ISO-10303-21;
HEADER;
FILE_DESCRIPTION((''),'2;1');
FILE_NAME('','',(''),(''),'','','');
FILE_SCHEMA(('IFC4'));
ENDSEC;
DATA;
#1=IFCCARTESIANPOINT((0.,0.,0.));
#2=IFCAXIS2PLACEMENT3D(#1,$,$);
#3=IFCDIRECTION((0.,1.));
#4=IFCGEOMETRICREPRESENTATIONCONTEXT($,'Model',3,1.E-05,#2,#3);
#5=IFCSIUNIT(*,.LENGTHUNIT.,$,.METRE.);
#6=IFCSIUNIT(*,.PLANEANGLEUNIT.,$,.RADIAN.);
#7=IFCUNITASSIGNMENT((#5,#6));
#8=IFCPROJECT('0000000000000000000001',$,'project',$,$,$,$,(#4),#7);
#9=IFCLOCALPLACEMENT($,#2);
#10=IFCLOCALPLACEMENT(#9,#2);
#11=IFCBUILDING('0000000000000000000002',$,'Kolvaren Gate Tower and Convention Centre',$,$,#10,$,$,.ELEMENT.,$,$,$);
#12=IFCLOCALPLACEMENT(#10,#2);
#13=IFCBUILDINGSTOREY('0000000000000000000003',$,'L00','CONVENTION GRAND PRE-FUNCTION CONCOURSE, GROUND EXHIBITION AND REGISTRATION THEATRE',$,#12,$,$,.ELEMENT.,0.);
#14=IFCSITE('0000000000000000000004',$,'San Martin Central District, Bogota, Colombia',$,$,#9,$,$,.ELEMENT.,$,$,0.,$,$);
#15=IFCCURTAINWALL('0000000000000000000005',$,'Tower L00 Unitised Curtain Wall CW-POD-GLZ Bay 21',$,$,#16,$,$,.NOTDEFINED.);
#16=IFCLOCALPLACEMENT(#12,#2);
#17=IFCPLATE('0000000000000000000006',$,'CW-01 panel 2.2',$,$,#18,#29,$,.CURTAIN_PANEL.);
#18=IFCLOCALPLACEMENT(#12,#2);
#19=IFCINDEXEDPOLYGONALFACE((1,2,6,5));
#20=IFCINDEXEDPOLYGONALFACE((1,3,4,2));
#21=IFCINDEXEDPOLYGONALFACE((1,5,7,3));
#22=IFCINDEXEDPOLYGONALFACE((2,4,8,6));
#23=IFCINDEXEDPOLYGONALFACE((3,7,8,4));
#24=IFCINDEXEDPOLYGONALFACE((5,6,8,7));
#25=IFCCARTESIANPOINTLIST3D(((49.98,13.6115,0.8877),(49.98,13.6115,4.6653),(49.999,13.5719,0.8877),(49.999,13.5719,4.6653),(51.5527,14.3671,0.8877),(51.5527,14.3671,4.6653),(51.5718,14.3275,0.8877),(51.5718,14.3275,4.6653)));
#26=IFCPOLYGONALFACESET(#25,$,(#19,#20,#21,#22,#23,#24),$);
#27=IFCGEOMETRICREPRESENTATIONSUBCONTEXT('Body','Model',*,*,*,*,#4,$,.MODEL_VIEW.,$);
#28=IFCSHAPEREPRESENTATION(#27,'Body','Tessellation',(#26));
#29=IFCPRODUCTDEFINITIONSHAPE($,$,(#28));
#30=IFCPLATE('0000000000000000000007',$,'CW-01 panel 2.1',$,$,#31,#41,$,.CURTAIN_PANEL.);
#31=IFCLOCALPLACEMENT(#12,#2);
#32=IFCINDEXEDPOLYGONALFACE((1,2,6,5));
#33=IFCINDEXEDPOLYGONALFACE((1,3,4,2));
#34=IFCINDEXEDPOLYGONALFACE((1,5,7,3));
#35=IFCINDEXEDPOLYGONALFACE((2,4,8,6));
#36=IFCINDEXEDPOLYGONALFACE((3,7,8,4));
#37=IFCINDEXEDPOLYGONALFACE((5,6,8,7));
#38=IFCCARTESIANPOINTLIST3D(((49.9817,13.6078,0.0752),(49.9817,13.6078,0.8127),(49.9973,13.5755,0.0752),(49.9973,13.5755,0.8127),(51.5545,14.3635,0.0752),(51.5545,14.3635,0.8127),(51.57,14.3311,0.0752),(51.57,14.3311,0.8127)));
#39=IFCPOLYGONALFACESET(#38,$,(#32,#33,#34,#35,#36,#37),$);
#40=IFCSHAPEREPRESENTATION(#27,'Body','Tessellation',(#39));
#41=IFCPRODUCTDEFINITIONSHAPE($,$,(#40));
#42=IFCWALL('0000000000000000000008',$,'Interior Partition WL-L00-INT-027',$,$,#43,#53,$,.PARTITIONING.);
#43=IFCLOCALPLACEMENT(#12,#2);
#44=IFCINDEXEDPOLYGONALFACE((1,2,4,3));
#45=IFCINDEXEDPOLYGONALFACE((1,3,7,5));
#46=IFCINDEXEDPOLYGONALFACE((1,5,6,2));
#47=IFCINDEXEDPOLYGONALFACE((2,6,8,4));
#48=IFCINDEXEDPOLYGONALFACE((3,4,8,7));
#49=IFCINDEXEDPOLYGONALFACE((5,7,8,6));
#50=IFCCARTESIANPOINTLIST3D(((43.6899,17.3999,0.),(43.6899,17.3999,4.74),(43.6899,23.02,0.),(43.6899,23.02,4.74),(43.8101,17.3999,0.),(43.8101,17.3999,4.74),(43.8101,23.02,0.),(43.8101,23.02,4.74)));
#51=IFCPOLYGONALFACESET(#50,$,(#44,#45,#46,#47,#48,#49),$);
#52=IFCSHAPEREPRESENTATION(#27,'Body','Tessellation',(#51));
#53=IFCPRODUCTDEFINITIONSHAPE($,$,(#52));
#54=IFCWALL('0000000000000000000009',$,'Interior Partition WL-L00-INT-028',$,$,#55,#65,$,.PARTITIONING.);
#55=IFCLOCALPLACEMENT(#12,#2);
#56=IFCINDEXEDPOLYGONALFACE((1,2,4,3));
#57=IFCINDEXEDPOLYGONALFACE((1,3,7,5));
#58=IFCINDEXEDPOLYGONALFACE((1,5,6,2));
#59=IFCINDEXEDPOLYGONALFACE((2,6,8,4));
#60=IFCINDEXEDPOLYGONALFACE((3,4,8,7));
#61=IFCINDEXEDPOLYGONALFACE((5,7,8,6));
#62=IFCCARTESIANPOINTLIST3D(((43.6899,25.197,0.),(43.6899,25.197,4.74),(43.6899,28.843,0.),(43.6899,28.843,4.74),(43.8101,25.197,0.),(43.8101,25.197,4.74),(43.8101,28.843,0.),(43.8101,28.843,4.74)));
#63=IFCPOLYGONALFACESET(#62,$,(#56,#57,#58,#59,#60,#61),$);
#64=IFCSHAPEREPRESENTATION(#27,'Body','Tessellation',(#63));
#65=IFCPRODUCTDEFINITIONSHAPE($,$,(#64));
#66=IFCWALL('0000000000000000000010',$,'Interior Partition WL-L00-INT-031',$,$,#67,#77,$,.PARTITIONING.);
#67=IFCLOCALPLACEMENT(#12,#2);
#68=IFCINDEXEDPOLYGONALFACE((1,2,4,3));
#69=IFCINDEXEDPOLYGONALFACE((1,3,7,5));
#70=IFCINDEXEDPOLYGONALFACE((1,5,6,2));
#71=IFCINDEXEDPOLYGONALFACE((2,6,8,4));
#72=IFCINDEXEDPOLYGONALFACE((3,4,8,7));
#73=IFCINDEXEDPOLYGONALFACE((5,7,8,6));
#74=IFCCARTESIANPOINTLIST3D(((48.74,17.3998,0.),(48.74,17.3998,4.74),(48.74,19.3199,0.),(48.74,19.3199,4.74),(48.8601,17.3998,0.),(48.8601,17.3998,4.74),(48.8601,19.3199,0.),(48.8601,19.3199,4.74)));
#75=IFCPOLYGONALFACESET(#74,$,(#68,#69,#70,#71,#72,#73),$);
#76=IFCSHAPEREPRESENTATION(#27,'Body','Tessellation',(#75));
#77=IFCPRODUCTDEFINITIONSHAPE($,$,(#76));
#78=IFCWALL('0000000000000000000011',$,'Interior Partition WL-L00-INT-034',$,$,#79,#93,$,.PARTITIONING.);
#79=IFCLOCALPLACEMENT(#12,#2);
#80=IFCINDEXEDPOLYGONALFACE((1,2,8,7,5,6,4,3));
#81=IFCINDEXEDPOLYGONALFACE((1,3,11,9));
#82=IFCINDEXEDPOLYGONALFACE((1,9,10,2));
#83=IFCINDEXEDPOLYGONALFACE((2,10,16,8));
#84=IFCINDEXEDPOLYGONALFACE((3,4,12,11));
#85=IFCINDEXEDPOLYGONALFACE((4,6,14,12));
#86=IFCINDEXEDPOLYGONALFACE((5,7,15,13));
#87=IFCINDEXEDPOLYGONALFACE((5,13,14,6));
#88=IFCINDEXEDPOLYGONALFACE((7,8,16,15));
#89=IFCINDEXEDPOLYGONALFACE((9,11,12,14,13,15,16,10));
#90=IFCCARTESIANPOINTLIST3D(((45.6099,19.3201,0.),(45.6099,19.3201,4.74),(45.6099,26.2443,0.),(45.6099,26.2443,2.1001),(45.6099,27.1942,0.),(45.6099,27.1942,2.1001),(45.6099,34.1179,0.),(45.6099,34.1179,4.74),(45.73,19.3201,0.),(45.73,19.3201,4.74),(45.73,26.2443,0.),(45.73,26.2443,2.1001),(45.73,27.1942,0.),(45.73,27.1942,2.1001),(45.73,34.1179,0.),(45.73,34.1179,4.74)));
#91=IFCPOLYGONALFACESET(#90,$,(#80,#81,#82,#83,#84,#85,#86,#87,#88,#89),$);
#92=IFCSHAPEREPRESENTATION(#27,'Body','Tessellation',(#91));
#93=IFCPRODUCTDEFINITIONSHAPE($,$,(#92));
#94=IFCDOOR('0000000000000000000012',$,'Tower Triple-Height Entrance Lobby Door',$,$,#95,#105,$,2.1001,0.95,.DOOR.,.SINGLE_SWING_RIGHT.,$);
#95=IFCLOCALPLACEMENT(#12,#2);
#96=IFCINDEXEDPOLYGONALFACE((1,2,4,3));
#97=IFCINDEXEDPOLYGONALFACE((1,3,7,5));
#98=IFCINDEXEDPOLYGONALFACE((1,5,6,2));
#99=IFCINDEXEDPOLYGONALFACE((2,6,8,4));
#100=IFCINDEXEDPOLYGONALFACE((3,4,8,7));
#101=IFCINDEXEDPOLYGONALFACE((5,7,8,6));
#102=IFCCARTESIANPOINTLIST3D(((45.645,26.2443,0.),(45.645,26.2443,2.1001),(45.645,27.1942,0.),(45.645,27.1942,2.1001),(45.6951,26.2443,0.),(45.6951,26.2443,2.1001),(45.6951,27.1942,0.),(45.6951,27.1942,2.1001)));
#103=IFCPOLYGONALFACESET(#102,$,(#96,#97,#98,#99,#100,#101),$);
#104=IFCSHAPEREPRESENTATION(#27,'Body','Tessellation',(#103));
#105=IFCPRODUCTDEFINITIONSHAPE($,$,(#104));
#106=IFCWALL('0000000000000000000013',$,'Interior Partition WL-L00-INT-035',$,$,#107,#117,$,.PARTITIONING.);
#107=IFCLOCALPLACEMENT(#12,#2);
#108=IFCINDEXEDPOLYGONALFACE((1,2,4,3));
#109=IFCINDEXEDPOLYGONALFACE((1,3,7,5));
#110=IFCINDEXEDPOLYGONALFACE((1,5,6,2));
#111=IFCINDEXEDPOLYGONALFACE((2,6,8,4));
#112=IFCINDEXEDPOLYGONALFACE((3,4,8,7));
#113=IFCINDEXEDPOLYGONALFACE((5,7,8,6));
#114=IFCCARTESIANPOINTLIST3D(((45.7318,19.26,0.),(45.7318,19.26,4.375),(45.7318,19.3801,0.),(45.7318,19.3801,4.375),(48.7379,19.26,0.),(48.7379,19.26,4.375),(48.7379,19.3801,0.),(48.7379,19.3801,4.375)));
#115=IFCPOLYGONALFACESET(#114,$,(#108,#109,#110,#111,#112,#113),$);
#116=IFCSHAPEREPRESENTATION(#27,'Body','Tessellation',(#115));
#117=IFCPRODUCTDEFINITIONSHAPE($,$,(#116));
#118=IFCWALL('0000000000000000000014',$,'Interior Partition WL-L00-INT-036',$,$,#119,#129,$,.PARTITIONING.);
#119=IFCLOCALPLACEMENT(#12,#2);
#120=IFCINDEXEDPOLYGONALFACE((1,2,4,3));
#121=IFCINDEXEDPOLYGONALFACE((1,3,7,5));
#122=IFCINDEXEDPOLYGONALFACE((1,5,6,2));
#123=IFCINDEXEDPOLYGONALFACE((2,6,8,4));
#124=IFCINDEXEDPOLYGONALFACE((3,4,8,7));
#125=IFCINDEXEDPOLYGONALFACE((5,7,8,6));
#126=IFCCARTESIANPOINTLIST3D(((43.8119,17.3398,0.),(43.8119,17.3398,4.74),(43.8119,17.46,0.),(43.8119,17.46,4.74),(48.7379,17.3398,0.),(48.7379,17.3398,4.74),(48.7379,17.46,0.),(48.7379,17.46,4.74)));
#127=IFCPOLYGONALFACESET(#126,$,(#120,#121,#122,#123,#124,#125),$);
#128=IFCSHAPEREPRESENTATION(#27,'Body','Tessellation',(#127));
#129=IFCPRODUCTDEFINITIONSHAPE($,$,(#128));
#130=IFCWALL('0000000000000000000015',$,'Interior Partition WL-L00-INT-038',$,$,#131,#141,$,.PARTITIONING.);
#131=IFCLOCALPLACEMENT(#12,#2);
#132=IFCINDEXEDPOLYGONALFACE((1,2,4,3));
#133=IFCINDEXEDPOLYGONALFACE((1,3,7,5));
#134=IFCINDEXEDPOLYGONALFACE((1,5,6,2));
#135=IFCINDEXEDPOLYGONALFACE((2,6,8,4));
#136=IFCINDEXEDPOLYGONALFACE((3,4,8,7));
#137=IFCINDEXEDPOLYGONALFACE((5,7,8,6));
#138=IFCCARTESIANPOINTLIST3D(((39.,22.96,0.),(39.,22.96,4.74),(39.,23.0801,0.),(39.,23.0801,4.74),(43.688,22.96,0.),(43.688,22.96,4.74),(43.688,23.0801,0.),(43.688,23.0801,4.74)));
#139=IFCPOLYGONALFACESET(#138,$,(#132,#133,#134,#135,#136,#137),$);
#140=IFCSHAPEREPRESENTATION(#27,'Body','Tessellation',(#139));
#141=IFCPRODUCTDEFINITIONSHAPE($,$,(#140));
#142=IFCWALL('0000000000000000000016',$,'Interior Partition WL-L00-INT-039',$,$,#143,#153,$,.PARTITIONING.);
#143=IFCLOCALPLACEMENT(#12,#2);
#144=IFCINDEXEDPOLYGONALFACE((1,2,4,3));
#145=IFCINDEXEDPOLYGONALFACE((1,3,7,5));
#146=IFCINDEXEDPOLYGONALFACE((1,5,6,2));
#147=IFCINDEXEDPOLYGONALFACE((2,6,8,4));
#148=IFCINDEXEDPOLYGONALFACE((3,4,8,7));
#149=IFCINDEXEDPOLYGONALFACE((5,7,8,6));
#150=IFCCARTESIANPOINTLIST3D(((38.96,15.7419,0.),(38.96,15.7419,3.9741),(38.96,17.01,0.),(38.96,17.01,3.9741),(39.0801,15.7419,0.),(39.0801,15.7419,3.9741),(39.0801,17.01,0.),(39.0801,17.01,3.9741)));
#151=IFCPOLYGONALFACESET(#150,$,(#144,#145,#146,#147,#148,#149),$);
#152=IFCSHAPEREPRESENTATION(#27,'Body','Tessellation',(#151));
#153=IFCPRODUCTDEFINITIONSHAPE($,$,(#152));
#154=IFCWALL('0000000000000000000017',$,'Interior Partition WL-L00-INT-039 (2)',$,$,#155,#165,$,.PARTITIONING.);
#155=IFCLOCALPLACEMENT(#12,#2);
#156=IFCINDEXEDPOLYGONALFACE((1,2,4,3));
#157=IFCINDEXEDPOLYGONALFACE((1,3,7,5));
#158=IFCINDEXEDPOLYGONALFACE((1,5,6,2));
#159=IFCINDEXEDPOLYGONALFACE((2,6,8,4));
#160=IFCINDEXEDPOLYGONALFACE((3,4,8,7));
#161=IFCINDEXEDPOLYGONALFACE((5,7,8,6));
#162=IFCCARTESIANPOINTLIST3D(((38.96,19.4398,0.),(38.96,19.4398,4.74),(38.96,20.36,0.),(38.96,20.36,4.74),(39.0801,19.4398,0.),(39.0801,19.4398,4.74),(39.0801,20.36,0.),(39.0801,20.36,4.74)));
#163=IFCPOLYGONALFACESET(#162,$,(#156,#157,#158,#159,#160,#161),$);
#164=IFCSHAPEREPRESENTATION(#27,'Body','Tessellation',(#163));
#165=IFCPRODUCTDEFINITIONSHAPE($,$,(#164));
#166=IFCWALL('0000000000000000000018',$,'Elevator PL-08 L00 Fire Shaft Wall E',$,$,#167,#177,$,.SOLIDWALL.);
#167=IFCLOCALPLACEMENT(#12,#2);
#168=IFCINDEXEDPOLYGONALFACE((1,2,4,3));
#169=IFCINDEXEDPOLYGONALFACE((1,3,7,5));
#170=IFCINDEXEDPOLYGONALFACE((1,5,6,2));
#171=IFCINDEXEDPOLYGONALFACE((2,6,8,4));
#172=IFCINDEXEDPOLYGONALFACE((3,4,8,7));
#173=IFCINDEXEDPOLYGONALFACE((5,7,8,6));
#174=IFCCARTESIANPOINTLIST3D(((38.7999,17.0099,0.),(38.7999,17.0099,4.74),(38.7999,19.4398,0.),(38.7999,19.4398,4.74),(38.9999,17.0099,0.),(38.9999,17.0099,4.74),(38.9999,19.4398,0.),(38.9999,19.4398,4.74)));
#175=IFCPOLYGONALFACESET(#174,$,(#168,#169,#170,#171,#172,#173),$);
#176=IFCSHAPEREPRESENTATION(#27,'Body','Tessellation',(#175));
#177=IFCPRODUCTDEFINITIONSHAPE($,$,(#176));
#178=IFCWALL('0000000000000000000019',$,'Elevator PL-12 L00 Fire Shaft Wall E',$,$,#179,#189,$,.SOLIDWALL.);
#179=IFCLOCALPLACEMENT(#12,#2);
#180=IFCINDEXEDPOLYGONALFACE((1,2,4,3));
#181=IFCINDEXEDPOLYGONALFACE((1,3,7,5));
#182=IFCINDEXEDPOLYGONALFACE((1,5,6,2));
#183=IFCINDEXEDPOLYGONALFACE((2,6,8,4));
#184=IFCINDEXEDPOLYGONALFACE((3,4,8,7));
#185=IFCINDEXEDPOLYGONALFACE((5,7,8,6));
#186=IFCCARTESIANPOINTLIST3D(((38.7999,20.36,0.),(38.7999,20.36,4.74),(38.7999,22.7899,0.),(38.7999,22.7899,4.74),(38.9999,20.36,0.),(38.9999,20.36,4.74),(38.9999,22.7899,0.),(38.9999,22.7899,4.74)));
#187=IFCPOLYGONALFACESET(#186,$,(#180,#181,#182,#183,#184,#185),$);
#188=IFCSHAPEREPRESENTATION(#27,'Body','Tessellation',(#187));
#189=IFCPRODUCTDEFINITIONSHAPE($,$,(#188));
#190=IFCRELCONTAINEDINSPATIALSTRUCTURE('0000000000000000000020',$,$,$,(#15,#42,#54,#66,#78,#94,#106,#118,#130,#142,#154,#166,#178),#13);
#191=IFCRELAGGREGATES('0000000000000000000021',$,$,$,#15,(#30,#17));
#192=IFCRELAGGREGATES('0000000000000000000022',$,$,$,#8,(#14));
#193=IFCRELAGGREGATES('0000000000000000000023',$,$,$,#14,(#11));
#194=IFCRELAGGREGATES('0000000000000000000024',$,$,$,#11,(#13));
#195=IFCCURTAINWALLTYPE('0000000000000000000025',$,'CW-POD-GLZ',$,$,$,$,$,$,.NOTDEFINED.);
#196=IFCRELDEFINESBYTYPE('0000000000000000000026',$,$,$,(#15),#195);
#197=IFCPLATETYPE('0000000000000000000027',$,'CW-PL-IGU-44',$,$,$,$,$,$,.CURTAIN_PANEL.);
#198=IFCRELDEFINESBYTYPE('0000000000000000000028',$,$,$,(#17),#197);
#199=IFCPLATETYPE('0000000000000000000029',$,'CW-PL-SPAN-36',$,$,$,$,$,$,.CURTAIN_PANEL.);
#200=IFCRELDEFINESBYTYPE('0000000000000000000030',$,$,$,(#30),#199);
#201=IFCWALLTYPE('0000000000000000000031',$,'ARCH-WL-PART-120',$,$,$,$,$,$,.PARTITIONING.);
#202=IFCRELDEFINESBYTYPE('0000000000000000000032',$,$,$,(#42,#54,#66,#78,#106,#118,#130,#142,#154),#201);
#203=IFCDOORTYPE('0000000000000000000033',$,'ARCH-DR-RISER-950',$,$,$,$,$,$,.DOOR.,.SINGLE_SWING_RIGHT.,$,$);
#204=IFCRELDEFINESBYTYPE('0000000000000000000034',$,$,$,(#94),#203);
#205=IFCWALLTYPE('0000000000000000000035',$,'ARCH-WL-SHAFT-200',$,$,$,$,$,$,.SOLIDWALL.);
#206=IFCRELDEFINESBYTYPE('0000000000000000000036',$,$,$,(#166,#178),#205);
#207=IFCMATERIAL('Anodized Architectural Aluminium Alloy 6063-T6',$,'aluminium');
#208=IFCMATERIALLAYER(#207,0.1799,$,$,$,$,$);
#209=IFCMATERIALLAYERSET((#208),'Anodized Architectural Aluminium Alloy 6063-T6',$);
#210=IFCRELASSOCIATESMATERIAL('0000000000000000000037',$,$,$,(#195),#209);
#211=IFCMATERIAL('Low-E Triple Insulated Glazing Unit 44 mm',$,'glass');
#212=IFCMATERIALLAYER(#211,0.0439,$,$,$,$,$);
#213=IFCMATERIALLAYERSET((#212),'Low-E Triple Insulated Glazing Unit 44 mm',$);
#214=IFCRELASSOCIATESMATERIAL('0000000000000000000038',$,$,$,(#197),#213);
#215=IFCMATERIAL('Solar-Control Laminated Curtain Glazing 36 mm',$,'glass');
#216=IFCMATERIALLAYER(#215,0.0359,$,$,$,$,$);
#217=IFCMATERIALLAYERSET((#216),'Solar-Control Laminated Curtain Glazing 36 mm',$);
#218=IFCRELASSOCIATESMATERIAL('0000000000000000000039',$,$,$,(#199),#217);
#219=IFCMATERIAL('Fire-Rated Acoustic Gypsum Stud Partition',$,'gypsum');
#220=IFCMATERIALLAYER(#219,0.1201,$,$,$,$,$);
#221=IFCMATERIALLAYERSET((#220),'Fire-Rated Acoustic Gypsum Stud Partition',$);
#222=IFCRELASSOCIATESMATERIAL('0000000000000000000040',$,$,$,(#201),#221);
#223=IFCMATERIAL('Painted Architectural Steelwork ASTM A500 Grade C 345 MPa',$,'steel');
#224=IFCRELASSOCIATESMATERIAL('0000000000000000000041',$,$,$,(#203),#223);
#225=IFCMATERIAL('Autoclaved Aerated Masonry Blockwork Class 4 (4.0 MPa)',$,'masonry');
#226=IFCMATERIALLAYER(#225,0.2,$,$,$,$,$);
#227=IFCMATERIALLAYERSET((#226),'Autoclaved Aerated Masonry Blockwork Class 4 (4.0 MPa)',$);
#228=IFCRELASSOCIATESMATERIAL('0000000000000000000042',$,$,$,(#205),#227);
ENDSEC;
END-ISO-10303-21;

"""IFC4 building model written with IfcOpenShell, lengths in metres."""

from ifc_helpers import new_model, si_unit, direction, frame, frame_2d, origin, origin_2d, place, context, subcontext, project, spatial, rectangle, extrude, material, layer, layer_set, type_object, element, fill, aggregate, save


model = new_model("IFC4")

# Units and contexts
model_context = context("Model", 3, precision=1e-05, world=origin(), true_north=direction((0.0, 1.0)))
body_context = subcontext(model_context, "Body", "Model", "MODEL_VIEW")
ifc_project = project(units=[si_unit("LENGTHUNIT", "METRE"), si_unit("PLANEANGLEUNIT", "RADIAN")], contexts=[model_context])

# Site, building, storey
site_placement = place(None, origin())
site = spatial("IfcSite", under=ifc_project, at=site_placement, Name="San Martin Central District, Bogota, Colombia", CompositionType="ELEMENT", RefElevation=0.0)
building_placement = place(site_placement, origin())
building = spatial("IfcBuilding", under=site, at=building_placement, Name="Kolvaren Gate Tower and Convention Centre", CompositionType="ELEMENT")
storey_placement = place(building_placement, origin())
storey = spatial("IfcBuildingStorey", under=building, at=storey_placement, Name="L00", Description="CONVENTION GRAND PRE-FUNCTION CONCOURSE, GROUND EXHIBITION AND REGISTRATION THEATRE", CompositionType="ELEMENT", Elevation=0.0)

# Curtain wall
ifc_material_1 = material(Name="Anodized Architectural Aluminium Alloy 6063-T6", Category="aluminium")
ifc_layer_1 = layer(ifc_material_1, 0.1799)
ifc_layer_set_1 = layer_set([ifc_layer_1], Name="Anodized Architectural Aluminium Alloy 6063-T6")
curtain_wall_type = type_object("IfcCurtainWallType", Name="CW-POD-GLZ", PredefinedType="NOTDEFINED", material=ifc_layer_set_1)
curtain_wall_placement = place(storey_placement, origin())
curtain_wall = element("IfcCurtainWall", 1, at=curtain_wall_placement, inside=storey, type_object=curtain_wall_type, Name="Tower L00 Unitised Curtain Wall CW-POD-GLZ Bay 21", PredefinedType="NOTDEFINED")

# Plates
ifc_material_2 = material(Name="Low-E Triple Insulated Glazing Unit 44 mm", Category="glass")
ifc_layer_2 = layer(ifc_material_2, 0.0439)
ifc_layer_set_2 = layer_set([ifc_layer_2], Name="Low-E Triple Insulated Glazing Unit 44 mm")
plate_type_1 = type_object("IfcPlateType", Name="CW-PL-IGU-44", PredefinedType="CURTAIN_PANEL", material=ifc_layer_set_2)
plate_1_placement = place(storey_placement, frame((50.7759, 13.9695, 0.8877), z_axis=(0.0, 0.0, 1.0), x_axis=(0.901364, 0.433063, 0.0)))
plate_1 = element("IfcPlate", 2, at=plate_1_placement, type_object=plate_type_1, Name="CW-01 panel 2.2", PredefinedType="CURTAIN_PANEL", context=body_context, shape_type="SweptSolid", body=[
    extrude(rectangle(XDim=1.7449, YDim=0.0439, at=origin_2d()), origin(), (0.0, 0.0, 1.0), 3.7776),
])
ifc_material_3 = material(Name="Solar-Control Laminated Curtain Glazing 36 mm", Category="glass")
ifc_layer_3 = layer(ifc_material_3, 0.0359)
ifc_layer_set_3 = layer_set([ifc_layer_3], Name="Solar-Control Laminated Curtain Glazing 36 mm")
plate_type_2 = type_object("IfcPlateType", Name="CW-PL-SPAN-36", PredefinedType="CURTAIN_PANEL", material=ifc_layer_set_3)
plate_2_placement = place(storey_placement, frame((50.7759, 13.9695, 0.0752), z_axis=(0.0, 0.0, 1.0), x_axis=(0.901364, 0.433063, 0.0)))
plate_2 = element("IfcPlate", 3, at=plate_2_placement, type_object=plate_type_2, Name="CW-01 panel 2.1", PredefinedType="CURTAIN_PANEL", context=body_context, shape_type="SweptSolid", body=[
    extrude(rectangle(XDim=1.7449, YDim=0.0359, at=origin_2d()), origin(), (0.0, 0.0, 1.0), 0.7375),
])
aggregate(curtain_wall, [plate_2, plate_1])

# Walls
ifc_material_4 = material(Name="Fire-Rated Acoustic Gypsum Stud Partition", Category="gypsum")
ifc_layer_4 = layer(ifc_material_4, 0.1201)
ifc_layer_set_4 = layer_set([ifc_layer_4], Name="Fire-Rated Acoustic Gypsum Stud Partition")
wall_type_1 = type_object("IfcWallType", Name="ARCH-WL-PART-120", PredefinedType="PARTITIONING", material=ifc_layer_set_4)
wall_1_placement = place(storey_placement, frame((43.75, 17.3999, 0.0), z_axis=(0.0, 0.0, 1.0), x_axis=(0.0, 1.0, 0.0)))
element("IfcWall", 4, at=wall_1_placement, inside=storey, type_object=wall_type_1, Name="Interior Partition WL-L00-INT-027", PredefinedType="PARTITIONING", context=body_context, shape_type="SweptSolid", body=[
    extrude(rectangle(XDim=5.6201, YDim=0.1201, at=frame_2d((2.8101, 0.0))), origin(), (0.0, 0.0, 1.0), 4.74),
])
wall_2_placement = place(storey_placement, frame((43.75, 25.197, 0.0), z_axis=(0.0, 0.0, 1.0), x_axis=(0.0, 1.0, 0.0)))
element("IfcWall", 5, at=wall_2_placement, inside=storey, type_object=wall_type_1, Name="Interior Partition WL-L00-INT-028", PredefinedType="PARTITIONING", context=body_context, shape_type="SweptSolid", body=[
    extrude(rectangle(XDim=3.646, YDim=0.1201, at=frame_2d((1.823, 0.0))), origin(), (0.0, 0.0, 1.0), 4.74),
])
wall_3_placement = place(storey_placement, frame((48.8, 17.3999, 0.0), z_axis=(0.0, 0.0, 1.0), x_axis=(0.0, 1.0, 0.0)))
element("IfcWall", 6, at=wall_3_placement, inside=storey, type_object=wall_type_1, Name="Interior Partition WL-L00-INT-031", PredefinedType="PARTITIONING", context=body_context, shape_type="SweptSolid", body=[
    extrude(rectangle(XDim=1.9202, YDim=0.1201, at=frame_2d((0.96, 0.0))), origin(), (0.0, 0.0, 1.0), 4.74),
])

# Wall, opening, door
wall_4_placement = place(storey_placement, frame((45.6699, 19.3201, 0.0), z_axis=(0.0, 0.0, 1.0), x_axis=(0.0, 1.0, 0.0)))
wall_4 = element("IfcWall", 7, at=wall_4_placement, inside=storey, type_object=wall_type_1, Name="Interior Partition WL-L00-INT-034", PredefinedType="PARTITIONING", context=body_context, shape_type="SweptSolid", body=[
    extrude(rectangle(XDim=14.7979, YDim=0.1201, at=frame_2d((7.3989, 0.0))), origin(), (0.0, 0.0, 1.0), 4.74),
])
opening_placement = place(wall_4_placement, frame((6.9241, 0.0, 0.0)))
opening = element("IfcOpeningElement", 8, at=opening_placement, cuts=wall_4, PredefinedType="OPENING", context=body_context, shape_type="SweptSolid", body=[
    extrude(rectangle(XDim=0.95, YDim=2.1001, at=frame_2d((0.4751, 1.05))), frame((0.0, 0.0701, 0.0), z_axis=(0.0, -1.0, 0.0), x_axis=(1.0, 0.0, 0.0)), (0.0, 0.0, 1.0), 0.1401),
])
ifc_material_5 = material(Name="Painted Architectural Steelwork ASTM A500 Grade C 345 MPa", Category="steel")
door_type = type_object("IfcDoorType", Name="ARCH-DR-RISER-950", OperationType="SINGLE_SWING_RIGHT", PredefinedType="DOOR", material=ifc_material_5)
door_placement = place(opening_placement, origin())
door = element("IfcDoor", 9, at=door_placement, inside=storey, type_object=door_type, Name="Tower Triple-Height Entrance Lobby Door", OperationType="SINGLE_SWING_RIGHT", OverallHeight=2.1001, OverallWidth=0.95, PredefinedType="DOOR", context=body_context, shape_type="SweptSolid", body=[
    extrude(rectangle(XDim=0.95, YDim=2.1001, at=frame_2d((0.4751, 1.05))), frame((0.0, 0.0249, 0.0), z_axis=(0.0, -1.0, 0.0), x_axis=(1.0, 0.0, 0.0)), (0.0, 0.0, 1.0), 0.05),
])
fill(opening, door)

# Walls
wall_5_placement = place(storey_placement, frame((45.7319, 19.3201, 0.0), z_axis=(0.0, 0.0, 1.0), x_axis=(1.0, 0.0, 0.0)))
element("IfcWall", 10, at=wall_5_placement, inside=storey, type_object=wall_type_1, Name="Interior Partition WL-L00-INT-035", PredefinedType="PARTITIONING", context=body_context, shape_type="SweptSolid", body=[
    extrude(rectangle(XDim=3.0061, YDim=0.1201, at=frame_2d((1.5029, 0.0))), origin(), (0.0, 0.0, 1.0), 4.375),
])
wall_6_placement = place(storey_placement, frame((43.812, 17.3999, 0.0), z_axis=(0.0, 0.0, 1.0), x_axis=(1.0, 0.0, 0.0)))
element("IfcWall", 11, at=wall_6_placement, inside=storey, type_object=wall_type_1, Name="Interior Partition WL-L00-INT-036", PredefinedType="PARTITIONING", context=body_context, shape_type="SweptSolid", body=[
    extrude(rectangle(XDim=4.926, YDim=0.1201, at=frame_2d((2.4629, 0.0))), origin(), (0.0, 0.0, 1.0), 4.74),
])
wall_7_placement = place(storey_placement, frame((39.0, 23.02, 0.0), z_axis=(0.0, 0.0, 1.0), x_axis=(1.0, 0.0, 0.0)))
element("IfcWall", 12, at=wall_7_placement, inside=storey, type_object=wall_type_1, Name="Interior Partition WL-L00-INT-038", PredefinedType="PARTITIONING", context=body_context, shape_type="SweptSolid", body=[
    extrude(rectangle(XDim=4.688, YDim=0.1201, at=frame_2d((2.344, 0.0))), origin(), (0.0, 0.0, 1.0), 4.74),
])
wall_8_placement = place(storey_placement, frame((39.02, 15.7419, 0.0), z_axis=(0.0, 0.0, 1.0), x_axis=(0.0, 1.0, 0.0)))
element("IfcWall", 13, at=wall_8_placement, inside=storey, type_object=wall_type_1, Name="Interior Partition WL-L00-INT-039", PredefinedType="PARTITIONING", context=body_context, shape_type="SweptSolid", body=[
    extrude(rectangle(XDim=1.2681, YDim=0.1201, at=frame_2d((0.634, 0.0))), origin(), (0.0, 0.0, 1.0), 3.9741),
])
wall_9_placement = place(storey_placement, frame((39.02, 19.4399, 0.0), z_axis=(0.0, 0.0, 1.0), x_axis=(0.0, 1.0, 0.0)))
element("IfcWall", 14, at=wall_9_placement, inside=storey, type_object=wall_type_1, Name="Interior Partition WL-L00-INT-039 (2)", PredefinedType="PARTITIONING", context=body_context, shape_type="SweptSolid", body=[
    extrude(rectangle(XDim=0.9202, YDim=0.1201, at=frame_2d((0.46, 0.0))), origin(), (0.0, 0.0, 1.0), 4.74),
])
ifc_material_6 = material(Name="Autoclaved Aerated Masonry Blockwork Class 4 (4.0 MPa)", Category="masonry")
ifc_layer_5 = layer(ifc_material_6, 0.2)
ifc_layer_set_5 = layer_set([ifc_layer_5], Name="Autoclaved Aerated Masonry Blockwork Class 4 (4.0 MPa)")
wall_type_2 = type_object("IfcWallType", Name="ARCH-WL-SHAFT-200", PredefinedType="SOLIDWALL", material=ifc_layer_set_5)
for number, where, z_axis, x_axis, name in (
    (15, (38.8999, 17.01, 0.0), (0.0, 0.0, 1.0), (0.0, 1.0, 0.0), "Elevator PL-08 L00 Fire Shaft Wall E"),
    (16, (38.8999, 20.3601, 0.0), (0.0, 0.0, 1.0), (0.0, 1.0, 0.0), "Elevator PL-12 L00 Fire Shaft Wall E"),
):
    element("IfcWall", number, at=place(storey_placement, frame(where, z_axis=z_axis, x_axis=x_axis)), inside=storey, type_object=wall_type_2, Name=name, PredefinedType="SOLIDWALL", context=body_context, shape_type="SweptSolid", body=[
        extrude(rectangle(XDim=2.4299, YDim=0.2, at=frame_2d((1.2148, 0.0))), origin(), (0.0, 0.0, 1.0), 4.74),
    ])

save(model, "model.ifc")
